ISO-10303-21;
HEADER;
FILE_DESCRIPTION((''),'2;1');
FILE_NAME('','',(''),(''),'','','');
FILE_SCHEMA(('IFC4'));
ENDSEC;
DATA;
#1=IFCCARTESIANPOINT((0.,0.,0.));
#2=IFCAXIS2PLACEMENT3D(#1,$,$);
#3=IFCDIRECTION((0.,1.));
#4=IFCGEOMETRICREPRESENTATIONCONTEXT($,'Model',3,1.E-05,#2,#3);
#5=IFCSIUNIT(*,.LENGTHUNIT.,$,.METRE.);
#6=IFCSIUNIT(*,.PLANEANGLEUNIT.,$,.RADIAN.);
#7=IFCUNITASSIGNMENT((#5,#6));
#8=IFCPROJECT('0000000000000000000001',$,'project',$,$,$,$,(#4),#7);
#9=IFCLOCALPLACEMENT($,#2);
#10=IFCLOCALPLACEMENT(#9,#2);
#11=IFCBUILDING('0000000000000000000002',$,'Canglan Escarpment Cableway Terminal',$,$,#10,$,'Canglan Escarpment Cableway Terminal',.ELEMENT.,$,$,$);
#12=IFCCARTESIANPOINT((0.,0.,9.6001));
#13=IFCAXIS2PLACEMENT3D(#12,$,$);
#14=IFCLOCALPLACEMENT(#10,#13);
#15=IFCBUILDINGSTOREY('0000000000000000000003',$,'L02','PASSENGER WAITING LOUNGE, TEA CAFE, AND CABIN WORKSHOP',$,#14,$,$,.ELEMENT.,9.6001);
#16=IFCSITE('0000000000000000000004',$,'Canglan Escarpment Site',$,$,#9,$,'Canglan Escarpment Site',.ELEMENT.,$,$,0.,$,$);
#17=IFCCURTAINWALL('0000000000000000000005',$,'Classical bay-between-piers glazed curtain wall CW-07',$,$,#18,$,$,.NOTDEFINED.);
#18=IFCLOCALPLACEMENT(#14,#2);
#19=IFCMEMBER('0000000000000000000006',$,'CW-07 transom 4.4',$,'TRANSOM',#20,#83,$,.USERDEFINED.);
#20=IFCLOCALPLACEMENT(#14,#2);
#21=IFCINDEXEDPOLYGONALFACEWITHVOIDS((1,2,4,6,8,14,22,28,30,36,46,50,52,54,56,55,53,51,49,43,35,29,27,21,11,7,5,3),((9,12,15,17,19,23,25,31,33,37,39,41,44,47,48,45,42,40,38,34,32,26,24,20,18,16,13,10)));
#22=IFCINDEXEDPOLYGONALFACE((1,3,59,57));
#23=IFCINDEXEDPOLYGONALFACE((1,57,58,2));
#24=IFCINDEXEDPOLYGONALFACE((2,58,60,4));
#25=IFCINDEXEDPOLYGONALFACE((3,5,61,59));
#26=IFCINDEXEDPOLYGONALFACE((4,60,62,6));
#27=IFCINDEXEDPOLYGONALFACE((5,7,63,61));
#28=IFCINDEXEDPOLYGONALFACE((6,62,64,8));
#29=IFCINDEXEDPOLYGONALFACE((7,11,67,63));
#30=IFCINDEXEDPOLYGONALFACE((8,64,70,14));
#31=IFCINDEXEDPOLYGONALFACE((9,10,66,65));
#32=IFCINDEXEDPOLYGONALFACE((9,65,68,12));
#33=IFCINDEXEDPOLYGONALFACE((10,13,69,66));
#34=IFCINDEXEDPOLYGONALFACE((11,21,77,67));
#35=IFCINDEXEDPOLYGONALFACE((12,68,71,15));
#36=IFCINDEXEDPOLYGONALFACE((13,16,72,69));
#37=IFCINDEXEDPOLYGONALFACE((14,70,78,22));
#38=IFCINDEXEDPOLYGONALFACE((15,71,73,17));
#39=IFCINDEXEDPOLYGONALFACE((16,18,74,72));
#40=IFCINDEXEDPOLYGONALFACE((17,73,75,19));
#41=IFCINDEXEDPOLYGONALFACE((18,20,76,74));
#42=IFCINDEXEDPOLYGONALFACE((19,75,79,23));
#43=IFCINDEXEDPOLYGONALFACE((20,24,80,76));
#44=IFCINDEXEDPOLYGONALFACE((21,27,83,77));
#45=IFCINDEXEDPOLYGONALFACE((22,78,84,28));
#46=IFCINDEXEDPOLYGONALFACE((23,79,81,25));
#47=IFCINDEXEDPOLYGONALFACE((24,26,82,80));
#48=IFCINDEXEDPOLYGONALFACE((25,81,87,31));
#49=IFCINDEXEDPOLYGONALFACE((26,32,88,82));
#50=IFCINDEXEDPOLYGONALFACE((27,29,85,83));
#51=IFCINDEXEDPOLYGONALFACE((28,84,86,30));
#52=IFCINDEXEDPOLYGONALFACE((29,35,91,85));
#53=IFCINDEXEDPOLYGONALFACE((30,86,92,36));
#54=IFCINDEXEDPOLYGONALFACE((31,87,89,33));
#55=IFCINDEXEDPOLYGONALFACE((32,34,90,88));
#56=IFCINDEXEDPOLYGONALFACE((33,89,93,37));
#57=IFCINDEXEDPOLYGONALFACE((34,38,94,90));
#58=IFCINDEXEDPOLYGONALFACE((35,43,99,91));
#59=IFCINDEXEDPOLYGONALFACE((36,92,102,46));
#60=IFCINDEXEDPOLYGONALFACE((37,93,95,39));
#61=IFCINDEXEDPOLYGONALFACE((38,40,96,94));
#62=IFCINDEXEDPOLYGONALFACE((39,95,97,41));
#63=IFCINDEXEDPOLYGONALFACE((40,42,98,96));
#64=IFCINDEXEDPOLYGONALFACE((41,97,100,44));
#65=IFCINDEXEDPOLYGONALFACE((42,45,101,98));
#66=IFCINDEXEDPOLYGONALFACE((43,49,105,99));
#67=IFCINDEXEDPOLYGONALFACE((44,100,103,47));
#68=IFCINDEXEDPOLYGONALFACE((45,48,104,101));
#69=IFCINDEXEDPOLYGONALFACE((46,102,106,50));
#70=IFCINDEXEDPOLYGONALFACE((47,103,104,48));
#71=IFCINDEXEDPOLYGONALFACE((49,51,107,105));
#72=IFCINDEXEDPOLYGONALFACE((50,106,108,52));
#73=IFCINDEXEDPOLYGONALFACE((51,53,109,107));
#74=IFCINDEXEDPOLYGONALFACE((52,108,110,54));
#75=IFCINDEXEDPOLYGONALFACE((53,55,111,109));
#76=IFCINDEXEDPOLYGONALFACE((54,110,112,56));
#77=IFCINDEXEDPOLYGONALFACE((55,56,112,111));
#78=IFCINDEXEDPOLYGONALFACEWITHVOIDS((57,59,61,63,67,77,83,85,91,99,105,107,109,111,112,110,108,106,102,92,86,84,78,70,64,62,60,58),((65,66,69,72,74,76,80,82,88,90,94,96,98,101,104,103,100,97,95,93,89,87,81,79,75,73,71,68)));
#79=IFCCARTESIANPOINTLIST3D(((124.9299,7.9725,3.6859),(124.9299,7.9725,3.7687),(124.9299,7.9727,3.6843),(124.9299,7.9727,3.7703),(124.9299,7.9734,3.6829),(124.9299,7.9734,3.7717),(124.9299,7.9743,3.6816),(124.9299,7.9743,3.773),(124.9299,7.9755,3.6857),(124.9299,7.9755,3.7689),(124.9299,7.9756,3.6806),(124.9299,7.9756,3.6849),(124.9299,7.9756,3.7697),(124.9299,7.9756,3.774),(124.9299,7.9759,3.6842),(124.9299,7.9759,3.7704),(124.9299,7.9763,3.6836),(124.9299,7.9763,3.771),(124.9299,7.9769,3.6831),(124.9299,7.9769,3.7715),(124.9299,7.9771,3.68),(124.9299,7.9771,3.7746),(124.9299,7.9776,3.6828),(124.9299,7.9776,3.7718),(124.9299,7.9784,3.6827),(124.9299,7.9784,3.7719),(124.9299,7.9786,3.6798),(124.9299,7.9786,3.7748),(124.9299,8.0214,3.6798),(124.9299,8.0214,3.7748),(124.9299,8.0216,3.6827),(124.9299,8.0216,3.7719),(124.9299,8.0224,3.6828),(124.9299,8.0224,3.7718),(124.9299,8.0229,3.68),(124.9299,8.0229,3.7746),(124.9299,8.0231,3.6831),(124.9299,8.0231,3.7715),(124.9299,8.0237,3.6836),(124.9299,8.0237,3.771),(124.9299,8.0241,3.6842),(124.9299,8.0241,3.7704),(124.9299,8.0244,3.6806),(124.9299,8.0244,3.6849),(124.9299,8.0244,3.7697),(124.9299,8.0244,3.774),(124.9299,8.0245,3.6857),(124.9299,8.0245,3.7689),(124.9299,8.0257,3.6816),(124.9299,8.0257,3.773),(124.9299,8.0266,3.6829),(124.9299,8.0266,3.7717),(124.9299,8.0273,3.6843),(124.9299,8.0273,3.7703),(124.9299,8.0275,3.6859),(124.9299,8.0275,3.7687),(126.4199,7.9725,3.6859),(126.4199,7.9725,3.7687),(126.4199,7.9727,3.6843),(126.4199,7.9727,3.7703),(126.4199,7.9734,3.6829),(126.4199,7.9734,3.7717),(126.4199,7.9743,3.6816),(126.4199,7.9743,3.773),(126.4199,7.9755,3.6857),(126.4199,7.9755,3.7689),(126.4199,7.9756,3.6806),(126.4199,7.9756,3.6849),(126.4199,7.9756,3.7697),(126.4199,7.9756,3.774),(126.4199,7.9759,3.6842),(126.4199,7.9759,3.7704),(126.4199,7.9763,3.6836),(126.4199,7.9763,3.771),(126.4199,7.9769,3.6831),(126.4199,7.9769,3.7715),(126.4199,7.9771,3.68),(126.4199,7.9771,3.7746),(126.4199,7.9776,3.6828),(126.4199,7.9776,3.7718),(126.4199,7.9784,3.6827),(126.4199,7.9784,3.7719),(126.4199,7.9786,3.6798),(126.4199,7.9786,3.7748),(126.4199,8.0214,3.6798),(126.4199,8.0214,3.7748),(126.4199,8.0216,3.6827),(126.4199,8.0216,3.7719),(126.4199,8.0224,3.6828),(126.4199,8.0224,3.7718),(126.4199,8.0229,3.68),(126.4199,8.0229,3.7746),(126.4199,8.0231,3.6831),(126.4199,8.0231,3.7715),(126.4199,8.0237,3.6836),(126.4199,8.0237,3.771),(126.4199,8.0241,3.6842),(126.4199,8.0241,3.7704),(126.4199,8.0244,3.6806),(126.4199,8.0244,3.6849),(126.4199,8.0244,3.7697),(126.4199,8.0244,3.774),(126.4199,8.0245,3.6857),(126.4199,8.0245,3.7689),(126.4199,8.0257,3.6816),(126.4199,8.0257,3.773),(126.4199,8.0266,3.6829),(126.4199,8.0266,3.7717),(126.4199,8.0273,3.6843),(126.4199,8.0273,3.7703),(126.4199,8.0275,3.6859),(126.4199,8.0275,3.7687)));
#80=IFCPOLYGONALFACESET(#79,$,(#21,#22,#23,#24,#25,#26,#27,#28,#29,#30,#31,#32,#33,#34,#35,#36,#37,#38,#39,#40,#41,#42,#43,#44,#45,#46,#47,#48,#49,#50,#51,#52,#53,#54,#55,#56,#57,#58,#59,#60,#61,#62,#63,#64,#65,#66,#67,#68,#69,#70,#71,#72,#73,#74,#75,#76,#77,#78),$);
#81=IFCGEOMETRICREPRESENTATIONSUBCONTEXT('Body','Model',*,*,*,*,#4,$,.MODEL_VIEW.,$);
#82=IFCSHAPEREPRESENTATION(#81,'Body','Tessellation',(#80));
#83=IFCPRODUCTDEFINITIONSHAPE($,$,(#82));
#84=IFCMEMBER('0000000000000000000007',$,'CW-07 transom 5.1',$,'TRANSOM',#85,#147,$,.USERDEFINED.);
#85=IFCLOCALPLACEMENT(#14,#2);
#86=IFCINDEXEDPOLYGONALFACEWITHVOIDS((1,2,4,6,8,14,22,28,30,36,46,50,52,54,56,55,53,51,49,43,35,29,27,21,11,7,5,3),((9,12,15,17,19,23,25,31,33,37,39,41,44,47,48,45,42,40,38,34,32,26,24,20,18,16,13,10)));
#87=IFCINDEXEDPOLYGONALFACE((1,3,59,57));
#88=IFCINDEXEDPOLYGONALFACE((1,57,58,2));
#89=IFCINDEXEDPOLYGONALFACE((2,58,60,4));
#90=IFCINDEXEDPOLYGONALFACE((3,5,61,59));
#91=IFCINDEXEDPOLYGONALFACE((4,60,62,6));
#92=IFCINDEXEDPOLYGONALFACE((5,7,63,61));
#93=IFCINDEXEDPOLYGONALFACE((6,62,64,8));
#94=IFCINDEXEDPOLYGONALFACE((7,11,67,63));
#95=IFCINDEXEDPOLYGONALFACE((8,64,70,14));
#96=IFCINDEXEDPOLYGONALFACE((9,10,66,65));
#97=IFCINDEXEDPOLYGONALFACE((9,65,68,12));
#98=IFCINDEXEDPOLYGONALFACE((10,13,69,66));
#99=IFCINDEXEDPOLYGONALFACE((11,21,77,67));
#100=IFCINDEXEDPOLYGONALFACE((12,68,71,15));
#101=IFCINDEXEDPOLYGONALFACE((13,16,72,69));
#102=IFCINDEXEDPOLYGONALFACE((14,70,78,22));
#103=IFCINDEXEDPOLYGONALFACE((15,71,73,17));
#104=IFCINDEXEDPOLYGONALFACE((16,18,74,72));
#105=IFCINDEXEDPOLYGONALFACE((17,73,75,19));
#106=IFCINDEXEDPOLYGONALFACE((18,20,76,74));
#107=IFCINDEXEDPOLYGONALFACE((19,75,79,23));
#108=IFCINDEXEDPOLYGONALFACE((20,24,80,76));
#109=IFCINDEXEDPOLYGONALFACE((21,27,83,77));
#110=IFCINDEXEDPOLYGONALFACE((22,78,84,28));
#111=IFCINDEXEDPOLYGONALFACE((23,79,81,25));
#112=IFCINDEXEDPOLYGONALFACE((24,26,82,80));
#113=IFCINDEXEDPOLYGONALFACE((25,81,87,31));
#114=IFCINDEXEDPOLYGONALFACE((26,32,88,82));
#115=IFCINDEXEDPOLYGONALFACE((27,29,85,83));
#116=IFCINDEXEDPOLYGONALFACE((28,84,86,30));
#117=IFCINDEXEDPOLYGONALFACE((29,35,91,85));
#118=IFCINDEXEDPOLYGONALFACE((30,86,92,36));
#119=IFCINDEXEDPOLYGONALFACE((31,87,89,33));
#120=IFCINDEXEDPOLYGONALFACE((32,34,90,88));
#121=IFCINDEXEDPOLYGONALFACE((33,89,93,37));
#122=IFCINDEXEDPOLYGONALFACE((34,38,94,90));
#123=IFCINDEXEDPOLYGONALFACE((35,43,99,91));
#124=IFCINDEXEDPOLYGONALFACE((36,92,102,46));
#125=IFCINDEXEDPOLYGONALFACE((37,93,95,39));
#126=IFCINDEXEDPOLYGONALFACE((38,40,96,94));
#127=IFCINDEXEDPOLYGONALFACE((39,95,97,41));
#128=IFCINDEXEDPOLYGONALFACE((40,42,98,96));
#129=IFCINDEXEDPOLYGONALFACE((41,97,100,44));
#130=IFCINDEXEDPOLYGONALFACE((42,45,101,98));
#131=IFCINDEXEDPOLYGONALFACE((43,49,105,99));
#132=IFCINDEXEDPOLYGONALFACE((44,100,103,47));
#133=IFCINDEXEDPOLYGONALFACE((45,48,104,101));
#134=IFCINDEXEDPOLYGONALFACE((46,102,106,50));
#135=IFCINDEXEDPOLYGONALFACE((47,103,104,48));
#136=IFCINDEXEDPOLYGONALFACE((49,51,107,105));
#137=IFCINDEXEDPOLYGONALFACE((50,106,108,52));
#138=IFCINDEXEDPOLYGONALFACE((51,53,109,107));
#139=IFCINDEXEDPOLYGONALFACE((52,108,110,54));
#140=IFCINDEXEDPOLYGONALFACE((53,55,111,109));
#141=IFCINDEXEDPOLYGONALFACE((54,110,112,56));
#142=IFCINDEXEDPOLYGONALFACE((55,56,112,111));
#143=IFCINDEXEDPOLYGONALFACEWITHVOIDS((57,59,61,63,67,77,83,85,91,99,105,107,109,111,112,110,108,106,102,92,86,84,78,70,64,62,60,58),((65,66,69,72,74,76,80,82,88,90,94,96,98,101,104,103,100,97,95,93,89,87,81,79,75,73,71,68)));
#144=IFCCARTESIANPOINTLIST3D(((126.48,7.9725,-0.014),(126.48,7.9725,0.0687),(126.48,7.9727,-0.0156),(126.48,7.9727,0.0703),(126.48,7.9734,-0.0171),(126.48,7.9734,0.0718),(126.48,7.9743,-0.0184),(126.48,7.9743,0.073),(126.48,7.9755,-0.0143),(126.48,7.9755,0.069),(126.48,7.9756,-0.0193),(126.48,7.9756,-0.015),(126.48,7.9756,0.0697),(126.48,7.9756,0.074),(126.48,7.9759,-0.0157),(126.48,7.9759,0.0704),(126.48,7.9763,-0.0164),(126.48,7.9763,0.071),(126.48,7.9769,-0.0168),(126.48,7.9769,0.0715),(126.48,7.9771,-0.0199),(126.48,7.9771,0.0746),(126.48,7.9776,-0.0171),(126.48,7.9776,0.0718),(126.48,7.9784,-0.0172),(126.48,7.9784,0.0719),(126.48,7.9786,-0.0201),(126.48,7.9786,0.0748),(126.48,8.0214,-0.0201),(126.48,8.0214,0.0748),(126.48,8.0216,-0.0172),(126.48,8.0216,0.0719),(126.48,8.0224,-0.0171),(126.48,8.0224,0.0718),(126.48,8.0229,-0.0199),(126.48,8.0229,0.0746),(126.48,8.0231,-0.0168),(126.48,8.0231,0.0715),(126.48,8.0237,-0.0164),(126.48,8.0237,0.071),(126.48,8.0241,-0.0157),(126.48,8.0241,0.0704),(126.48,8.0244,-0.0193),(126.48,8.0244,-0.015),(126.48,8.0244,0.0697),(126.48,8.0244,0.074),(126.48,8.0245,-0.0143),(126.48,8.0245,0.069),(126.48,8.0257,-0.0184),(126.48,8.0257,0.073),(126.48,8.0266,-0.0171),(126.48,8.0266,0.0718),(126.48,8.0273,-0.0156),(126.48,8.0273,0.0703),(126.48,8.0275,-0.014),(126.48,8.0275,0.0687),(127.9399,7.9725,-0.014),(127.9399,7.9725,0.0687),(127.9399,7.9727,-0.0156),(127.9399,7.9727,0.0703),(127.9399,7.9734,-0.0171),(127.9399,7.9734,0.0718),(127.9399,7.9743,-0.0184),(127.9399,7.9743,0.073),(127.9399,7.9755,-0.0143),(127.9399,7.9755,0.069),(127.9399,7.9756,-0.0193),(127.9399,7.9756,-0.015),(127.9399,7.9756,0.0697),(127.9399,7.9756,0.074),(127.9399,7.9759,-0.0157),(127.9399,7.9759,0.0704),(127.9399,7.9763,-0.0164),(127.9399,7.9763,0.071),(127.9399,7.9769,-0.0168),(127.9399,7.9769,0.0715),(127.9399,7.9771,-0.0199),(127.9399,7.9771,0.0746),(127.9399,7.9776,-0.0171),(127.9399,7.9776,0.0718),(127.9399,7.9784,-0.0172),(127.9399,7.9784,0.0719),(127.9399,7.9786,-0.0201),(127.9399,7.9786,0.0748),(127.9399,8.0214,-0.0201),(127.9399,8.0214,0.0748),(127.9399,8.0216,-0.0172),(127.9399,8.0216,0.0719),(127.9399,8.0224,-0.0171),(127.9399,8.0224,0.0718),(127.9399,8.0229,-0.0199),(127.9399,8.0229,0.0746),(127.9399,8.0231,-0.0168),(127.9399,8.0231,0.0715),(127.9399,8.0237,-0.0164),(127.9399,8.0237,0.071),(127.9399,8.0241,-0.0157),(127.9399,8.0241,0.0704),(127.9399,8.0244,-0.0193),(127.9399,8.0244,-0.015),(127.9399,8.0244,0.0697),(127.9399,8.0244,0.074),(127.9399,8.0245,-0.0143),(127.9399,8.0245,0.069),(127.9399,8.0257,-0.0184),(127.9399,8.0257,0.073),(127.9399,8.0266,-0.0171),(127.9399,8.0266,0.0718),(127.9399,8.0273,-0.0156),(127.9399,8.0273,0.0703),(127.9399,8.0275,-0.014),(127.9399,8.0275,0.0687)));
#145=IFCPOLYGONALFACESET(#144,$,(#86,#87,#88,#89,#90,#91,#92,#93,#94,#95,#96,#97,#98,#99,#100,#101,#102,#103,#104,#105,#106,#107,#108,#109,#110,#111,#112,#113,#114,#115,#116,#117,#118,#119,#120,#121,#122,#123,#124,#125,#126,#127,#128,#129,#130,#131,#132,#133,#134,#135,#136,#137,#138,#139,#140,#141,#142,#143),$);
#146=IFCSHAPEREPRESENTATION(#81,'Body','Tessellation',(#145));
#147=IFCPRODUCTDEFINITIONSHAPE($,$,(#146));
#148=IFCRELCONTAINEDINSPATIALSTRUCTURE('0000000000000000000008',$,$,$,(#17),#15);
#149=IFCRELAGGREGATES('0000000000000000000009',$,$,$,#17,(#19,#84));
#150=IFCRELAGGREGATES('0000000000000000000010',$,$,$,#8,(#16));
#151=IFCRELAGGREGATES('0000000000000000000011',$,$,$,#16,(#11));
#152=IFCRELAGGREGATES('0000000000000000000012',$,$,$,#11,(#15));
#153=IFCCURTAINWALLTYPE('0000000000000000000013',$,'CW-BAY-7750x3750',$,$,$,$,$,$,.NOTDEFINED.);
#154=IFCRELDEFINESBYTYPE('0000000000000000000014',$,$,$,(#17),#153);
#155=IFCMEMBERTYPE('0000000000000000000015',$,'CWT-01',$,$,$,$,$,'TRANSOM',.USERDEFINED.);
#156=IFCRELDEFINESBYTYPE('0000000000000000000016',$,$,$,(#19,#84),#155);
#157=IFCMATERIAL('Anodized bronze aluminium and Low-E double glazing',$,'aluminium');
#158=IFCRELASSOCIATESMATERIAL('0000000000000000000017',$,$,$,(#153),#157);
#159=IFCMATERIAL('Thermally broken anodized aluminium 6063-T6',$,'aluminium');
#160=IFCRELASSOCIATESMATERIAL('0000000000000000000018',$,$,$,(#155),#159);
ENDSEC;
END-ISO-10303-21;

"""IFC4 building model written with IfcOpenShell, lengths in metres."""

from ifc_helpers import new_model, si_unit, direction, frame, origin, origin_2d, place, context, subcontext, project, spatial, hollow_rectangle, extrude, material, material_profile, profile_set, type_object, element, aggregate, save


model = new_model("IFC4")

# Units and contexts
model_context = context("Model", 3, precision=1e-05, world=origin(), true_north=direction((0.0, 1.0)))
body_context = subcontext(model_context, "Body", "Model", "MODEL_VIEW")
ifc_project = project(units=[si_unit("LENGTHUNIT", "METRE"), si_unit("PLANEANGLEUNIT", "RADIAN")], contexts=[model_context])

# Site, building, storey
site_placement = place(None, origin())
site = spatial("IfcSite", under=ifc_project, at=site_placement, Name="Canglan Escarpment Site", LongName="Canglan Escarpment Site", CompositionType="ELEMENT", RefElevation=0.0)
building_placement = place(site_placement, origin())
building = spatial("IfcBuilding", under=site, at=building_placement, Name="Canglan Escarpment Cableway Terminal", LongName="Canglan Escarpment Cableway Terminal", CompositionType="ELEMENT")
storey_placement = place(building_placement, frame((0.0, 0.0, 9.6001)))
storey = spatial("IfcBuildingStorey", under=building, at=storey_placement, Name="L02", Description="PASSENGER WAITING LOUNGE, TEA CAFE, AND CABIN WORKSHOP", CompositionType="ELEMENT", Elevation=9.6001)

# Curtain wall, members
ifc_material_1 = material(Name="Anodized bronze aluminium and Low-E double glazing", Category="aluminium")
curtain_wall_type = type_object("IfcCurtainWallType", Name="CW-BAY-7750x3750", PredefinedType="NOTDEFINED", material=ifc_material_1)
curtain_wall_placement = place(storey_placement, origin())
curtain_wall = element("IfcCurtainWall", 1, at=curtain_wall_placement, inside=storey, type_object=curtain_wall_type, Name="Classical bay-between-piers glazed curtain wall CW-07", PredefinedType="NOTDEFINED")
ifc_material_2 = material(Name="Thermally broken anodized aluminium 6063-T6", Category="aluminium")
ifc_material_profile_1 = material_profile(ifc_material_2, hollow_rectangle(XDim=0.0549, YDim=0.095, WallThickness=0.0029, InnerFilletRadius=0.0029, OuterFilletRadius=0.0061, at=origin_2d()), Name="ALU-TRAN 55x95x3")
ifc_profile_set_1 = profile_set([ifc_material_profile_1], Name="Thermally broken anodized aluminium 6063-T6")
member_type_1 = type_object("IfcMemberType", Name="CWT-01", ElementType="TRANSOM", PredefinedType="USERDEFINED", material=ifc_profile_set_1)
member_1_placement = place(storey_placement, frame((124.9299, 8.0, 3.7273), z_axis=(1.0, 0.0, 0.0), x_axis=(0.0, 1.0, 0.0)))
member_1 = element("IfcMember", 2, at=member_1_placement, type_object=member_type_1, Name="CW-07 transom 4.4", ObjectType="TRANSOM", PredefinedType="USERDEFINED", context=body_context, shape_type="SweptSolid", body=[
    extrude(hollow_rectangle(XDim=0.0549, YDim=0.095, WallThickness=0.0029, InnerFilletRadius=0.0029, OuterFilletRadius=0.0061, at=origin_2d()), origin(), (0.0, 0.0, 1.0), 1.49),
])
member_2_placement = place(storey_placement, frame((126.48, 8.0, 0.0273), z_axis=(1.0, 0.0, 0.0), x_axis=(0.0, 1.0, 0.0)))
member_2 = element("IfcMember", 3, at=member_2_placement, type_object=member_type_1, Name="CW-07 transom 5.1", ObjectType="TRANSOM", PredefinedType="USERDEFINED", context=body_context, shape_type="SweptSolid", body=[
    extrude(hollow_rectangle(XDim=0.0549, YDim=0.095, WallThickness=0.0029, InnerFilletRadius=0.0029, OuterFilletRadius=0.0061, at=origin_2d()), origin(), (0.0, 0.0, 1.0), 1.46),
])

aggregate(curtain_wall, [member_1, member_2])

save(model, "model.ifc")
